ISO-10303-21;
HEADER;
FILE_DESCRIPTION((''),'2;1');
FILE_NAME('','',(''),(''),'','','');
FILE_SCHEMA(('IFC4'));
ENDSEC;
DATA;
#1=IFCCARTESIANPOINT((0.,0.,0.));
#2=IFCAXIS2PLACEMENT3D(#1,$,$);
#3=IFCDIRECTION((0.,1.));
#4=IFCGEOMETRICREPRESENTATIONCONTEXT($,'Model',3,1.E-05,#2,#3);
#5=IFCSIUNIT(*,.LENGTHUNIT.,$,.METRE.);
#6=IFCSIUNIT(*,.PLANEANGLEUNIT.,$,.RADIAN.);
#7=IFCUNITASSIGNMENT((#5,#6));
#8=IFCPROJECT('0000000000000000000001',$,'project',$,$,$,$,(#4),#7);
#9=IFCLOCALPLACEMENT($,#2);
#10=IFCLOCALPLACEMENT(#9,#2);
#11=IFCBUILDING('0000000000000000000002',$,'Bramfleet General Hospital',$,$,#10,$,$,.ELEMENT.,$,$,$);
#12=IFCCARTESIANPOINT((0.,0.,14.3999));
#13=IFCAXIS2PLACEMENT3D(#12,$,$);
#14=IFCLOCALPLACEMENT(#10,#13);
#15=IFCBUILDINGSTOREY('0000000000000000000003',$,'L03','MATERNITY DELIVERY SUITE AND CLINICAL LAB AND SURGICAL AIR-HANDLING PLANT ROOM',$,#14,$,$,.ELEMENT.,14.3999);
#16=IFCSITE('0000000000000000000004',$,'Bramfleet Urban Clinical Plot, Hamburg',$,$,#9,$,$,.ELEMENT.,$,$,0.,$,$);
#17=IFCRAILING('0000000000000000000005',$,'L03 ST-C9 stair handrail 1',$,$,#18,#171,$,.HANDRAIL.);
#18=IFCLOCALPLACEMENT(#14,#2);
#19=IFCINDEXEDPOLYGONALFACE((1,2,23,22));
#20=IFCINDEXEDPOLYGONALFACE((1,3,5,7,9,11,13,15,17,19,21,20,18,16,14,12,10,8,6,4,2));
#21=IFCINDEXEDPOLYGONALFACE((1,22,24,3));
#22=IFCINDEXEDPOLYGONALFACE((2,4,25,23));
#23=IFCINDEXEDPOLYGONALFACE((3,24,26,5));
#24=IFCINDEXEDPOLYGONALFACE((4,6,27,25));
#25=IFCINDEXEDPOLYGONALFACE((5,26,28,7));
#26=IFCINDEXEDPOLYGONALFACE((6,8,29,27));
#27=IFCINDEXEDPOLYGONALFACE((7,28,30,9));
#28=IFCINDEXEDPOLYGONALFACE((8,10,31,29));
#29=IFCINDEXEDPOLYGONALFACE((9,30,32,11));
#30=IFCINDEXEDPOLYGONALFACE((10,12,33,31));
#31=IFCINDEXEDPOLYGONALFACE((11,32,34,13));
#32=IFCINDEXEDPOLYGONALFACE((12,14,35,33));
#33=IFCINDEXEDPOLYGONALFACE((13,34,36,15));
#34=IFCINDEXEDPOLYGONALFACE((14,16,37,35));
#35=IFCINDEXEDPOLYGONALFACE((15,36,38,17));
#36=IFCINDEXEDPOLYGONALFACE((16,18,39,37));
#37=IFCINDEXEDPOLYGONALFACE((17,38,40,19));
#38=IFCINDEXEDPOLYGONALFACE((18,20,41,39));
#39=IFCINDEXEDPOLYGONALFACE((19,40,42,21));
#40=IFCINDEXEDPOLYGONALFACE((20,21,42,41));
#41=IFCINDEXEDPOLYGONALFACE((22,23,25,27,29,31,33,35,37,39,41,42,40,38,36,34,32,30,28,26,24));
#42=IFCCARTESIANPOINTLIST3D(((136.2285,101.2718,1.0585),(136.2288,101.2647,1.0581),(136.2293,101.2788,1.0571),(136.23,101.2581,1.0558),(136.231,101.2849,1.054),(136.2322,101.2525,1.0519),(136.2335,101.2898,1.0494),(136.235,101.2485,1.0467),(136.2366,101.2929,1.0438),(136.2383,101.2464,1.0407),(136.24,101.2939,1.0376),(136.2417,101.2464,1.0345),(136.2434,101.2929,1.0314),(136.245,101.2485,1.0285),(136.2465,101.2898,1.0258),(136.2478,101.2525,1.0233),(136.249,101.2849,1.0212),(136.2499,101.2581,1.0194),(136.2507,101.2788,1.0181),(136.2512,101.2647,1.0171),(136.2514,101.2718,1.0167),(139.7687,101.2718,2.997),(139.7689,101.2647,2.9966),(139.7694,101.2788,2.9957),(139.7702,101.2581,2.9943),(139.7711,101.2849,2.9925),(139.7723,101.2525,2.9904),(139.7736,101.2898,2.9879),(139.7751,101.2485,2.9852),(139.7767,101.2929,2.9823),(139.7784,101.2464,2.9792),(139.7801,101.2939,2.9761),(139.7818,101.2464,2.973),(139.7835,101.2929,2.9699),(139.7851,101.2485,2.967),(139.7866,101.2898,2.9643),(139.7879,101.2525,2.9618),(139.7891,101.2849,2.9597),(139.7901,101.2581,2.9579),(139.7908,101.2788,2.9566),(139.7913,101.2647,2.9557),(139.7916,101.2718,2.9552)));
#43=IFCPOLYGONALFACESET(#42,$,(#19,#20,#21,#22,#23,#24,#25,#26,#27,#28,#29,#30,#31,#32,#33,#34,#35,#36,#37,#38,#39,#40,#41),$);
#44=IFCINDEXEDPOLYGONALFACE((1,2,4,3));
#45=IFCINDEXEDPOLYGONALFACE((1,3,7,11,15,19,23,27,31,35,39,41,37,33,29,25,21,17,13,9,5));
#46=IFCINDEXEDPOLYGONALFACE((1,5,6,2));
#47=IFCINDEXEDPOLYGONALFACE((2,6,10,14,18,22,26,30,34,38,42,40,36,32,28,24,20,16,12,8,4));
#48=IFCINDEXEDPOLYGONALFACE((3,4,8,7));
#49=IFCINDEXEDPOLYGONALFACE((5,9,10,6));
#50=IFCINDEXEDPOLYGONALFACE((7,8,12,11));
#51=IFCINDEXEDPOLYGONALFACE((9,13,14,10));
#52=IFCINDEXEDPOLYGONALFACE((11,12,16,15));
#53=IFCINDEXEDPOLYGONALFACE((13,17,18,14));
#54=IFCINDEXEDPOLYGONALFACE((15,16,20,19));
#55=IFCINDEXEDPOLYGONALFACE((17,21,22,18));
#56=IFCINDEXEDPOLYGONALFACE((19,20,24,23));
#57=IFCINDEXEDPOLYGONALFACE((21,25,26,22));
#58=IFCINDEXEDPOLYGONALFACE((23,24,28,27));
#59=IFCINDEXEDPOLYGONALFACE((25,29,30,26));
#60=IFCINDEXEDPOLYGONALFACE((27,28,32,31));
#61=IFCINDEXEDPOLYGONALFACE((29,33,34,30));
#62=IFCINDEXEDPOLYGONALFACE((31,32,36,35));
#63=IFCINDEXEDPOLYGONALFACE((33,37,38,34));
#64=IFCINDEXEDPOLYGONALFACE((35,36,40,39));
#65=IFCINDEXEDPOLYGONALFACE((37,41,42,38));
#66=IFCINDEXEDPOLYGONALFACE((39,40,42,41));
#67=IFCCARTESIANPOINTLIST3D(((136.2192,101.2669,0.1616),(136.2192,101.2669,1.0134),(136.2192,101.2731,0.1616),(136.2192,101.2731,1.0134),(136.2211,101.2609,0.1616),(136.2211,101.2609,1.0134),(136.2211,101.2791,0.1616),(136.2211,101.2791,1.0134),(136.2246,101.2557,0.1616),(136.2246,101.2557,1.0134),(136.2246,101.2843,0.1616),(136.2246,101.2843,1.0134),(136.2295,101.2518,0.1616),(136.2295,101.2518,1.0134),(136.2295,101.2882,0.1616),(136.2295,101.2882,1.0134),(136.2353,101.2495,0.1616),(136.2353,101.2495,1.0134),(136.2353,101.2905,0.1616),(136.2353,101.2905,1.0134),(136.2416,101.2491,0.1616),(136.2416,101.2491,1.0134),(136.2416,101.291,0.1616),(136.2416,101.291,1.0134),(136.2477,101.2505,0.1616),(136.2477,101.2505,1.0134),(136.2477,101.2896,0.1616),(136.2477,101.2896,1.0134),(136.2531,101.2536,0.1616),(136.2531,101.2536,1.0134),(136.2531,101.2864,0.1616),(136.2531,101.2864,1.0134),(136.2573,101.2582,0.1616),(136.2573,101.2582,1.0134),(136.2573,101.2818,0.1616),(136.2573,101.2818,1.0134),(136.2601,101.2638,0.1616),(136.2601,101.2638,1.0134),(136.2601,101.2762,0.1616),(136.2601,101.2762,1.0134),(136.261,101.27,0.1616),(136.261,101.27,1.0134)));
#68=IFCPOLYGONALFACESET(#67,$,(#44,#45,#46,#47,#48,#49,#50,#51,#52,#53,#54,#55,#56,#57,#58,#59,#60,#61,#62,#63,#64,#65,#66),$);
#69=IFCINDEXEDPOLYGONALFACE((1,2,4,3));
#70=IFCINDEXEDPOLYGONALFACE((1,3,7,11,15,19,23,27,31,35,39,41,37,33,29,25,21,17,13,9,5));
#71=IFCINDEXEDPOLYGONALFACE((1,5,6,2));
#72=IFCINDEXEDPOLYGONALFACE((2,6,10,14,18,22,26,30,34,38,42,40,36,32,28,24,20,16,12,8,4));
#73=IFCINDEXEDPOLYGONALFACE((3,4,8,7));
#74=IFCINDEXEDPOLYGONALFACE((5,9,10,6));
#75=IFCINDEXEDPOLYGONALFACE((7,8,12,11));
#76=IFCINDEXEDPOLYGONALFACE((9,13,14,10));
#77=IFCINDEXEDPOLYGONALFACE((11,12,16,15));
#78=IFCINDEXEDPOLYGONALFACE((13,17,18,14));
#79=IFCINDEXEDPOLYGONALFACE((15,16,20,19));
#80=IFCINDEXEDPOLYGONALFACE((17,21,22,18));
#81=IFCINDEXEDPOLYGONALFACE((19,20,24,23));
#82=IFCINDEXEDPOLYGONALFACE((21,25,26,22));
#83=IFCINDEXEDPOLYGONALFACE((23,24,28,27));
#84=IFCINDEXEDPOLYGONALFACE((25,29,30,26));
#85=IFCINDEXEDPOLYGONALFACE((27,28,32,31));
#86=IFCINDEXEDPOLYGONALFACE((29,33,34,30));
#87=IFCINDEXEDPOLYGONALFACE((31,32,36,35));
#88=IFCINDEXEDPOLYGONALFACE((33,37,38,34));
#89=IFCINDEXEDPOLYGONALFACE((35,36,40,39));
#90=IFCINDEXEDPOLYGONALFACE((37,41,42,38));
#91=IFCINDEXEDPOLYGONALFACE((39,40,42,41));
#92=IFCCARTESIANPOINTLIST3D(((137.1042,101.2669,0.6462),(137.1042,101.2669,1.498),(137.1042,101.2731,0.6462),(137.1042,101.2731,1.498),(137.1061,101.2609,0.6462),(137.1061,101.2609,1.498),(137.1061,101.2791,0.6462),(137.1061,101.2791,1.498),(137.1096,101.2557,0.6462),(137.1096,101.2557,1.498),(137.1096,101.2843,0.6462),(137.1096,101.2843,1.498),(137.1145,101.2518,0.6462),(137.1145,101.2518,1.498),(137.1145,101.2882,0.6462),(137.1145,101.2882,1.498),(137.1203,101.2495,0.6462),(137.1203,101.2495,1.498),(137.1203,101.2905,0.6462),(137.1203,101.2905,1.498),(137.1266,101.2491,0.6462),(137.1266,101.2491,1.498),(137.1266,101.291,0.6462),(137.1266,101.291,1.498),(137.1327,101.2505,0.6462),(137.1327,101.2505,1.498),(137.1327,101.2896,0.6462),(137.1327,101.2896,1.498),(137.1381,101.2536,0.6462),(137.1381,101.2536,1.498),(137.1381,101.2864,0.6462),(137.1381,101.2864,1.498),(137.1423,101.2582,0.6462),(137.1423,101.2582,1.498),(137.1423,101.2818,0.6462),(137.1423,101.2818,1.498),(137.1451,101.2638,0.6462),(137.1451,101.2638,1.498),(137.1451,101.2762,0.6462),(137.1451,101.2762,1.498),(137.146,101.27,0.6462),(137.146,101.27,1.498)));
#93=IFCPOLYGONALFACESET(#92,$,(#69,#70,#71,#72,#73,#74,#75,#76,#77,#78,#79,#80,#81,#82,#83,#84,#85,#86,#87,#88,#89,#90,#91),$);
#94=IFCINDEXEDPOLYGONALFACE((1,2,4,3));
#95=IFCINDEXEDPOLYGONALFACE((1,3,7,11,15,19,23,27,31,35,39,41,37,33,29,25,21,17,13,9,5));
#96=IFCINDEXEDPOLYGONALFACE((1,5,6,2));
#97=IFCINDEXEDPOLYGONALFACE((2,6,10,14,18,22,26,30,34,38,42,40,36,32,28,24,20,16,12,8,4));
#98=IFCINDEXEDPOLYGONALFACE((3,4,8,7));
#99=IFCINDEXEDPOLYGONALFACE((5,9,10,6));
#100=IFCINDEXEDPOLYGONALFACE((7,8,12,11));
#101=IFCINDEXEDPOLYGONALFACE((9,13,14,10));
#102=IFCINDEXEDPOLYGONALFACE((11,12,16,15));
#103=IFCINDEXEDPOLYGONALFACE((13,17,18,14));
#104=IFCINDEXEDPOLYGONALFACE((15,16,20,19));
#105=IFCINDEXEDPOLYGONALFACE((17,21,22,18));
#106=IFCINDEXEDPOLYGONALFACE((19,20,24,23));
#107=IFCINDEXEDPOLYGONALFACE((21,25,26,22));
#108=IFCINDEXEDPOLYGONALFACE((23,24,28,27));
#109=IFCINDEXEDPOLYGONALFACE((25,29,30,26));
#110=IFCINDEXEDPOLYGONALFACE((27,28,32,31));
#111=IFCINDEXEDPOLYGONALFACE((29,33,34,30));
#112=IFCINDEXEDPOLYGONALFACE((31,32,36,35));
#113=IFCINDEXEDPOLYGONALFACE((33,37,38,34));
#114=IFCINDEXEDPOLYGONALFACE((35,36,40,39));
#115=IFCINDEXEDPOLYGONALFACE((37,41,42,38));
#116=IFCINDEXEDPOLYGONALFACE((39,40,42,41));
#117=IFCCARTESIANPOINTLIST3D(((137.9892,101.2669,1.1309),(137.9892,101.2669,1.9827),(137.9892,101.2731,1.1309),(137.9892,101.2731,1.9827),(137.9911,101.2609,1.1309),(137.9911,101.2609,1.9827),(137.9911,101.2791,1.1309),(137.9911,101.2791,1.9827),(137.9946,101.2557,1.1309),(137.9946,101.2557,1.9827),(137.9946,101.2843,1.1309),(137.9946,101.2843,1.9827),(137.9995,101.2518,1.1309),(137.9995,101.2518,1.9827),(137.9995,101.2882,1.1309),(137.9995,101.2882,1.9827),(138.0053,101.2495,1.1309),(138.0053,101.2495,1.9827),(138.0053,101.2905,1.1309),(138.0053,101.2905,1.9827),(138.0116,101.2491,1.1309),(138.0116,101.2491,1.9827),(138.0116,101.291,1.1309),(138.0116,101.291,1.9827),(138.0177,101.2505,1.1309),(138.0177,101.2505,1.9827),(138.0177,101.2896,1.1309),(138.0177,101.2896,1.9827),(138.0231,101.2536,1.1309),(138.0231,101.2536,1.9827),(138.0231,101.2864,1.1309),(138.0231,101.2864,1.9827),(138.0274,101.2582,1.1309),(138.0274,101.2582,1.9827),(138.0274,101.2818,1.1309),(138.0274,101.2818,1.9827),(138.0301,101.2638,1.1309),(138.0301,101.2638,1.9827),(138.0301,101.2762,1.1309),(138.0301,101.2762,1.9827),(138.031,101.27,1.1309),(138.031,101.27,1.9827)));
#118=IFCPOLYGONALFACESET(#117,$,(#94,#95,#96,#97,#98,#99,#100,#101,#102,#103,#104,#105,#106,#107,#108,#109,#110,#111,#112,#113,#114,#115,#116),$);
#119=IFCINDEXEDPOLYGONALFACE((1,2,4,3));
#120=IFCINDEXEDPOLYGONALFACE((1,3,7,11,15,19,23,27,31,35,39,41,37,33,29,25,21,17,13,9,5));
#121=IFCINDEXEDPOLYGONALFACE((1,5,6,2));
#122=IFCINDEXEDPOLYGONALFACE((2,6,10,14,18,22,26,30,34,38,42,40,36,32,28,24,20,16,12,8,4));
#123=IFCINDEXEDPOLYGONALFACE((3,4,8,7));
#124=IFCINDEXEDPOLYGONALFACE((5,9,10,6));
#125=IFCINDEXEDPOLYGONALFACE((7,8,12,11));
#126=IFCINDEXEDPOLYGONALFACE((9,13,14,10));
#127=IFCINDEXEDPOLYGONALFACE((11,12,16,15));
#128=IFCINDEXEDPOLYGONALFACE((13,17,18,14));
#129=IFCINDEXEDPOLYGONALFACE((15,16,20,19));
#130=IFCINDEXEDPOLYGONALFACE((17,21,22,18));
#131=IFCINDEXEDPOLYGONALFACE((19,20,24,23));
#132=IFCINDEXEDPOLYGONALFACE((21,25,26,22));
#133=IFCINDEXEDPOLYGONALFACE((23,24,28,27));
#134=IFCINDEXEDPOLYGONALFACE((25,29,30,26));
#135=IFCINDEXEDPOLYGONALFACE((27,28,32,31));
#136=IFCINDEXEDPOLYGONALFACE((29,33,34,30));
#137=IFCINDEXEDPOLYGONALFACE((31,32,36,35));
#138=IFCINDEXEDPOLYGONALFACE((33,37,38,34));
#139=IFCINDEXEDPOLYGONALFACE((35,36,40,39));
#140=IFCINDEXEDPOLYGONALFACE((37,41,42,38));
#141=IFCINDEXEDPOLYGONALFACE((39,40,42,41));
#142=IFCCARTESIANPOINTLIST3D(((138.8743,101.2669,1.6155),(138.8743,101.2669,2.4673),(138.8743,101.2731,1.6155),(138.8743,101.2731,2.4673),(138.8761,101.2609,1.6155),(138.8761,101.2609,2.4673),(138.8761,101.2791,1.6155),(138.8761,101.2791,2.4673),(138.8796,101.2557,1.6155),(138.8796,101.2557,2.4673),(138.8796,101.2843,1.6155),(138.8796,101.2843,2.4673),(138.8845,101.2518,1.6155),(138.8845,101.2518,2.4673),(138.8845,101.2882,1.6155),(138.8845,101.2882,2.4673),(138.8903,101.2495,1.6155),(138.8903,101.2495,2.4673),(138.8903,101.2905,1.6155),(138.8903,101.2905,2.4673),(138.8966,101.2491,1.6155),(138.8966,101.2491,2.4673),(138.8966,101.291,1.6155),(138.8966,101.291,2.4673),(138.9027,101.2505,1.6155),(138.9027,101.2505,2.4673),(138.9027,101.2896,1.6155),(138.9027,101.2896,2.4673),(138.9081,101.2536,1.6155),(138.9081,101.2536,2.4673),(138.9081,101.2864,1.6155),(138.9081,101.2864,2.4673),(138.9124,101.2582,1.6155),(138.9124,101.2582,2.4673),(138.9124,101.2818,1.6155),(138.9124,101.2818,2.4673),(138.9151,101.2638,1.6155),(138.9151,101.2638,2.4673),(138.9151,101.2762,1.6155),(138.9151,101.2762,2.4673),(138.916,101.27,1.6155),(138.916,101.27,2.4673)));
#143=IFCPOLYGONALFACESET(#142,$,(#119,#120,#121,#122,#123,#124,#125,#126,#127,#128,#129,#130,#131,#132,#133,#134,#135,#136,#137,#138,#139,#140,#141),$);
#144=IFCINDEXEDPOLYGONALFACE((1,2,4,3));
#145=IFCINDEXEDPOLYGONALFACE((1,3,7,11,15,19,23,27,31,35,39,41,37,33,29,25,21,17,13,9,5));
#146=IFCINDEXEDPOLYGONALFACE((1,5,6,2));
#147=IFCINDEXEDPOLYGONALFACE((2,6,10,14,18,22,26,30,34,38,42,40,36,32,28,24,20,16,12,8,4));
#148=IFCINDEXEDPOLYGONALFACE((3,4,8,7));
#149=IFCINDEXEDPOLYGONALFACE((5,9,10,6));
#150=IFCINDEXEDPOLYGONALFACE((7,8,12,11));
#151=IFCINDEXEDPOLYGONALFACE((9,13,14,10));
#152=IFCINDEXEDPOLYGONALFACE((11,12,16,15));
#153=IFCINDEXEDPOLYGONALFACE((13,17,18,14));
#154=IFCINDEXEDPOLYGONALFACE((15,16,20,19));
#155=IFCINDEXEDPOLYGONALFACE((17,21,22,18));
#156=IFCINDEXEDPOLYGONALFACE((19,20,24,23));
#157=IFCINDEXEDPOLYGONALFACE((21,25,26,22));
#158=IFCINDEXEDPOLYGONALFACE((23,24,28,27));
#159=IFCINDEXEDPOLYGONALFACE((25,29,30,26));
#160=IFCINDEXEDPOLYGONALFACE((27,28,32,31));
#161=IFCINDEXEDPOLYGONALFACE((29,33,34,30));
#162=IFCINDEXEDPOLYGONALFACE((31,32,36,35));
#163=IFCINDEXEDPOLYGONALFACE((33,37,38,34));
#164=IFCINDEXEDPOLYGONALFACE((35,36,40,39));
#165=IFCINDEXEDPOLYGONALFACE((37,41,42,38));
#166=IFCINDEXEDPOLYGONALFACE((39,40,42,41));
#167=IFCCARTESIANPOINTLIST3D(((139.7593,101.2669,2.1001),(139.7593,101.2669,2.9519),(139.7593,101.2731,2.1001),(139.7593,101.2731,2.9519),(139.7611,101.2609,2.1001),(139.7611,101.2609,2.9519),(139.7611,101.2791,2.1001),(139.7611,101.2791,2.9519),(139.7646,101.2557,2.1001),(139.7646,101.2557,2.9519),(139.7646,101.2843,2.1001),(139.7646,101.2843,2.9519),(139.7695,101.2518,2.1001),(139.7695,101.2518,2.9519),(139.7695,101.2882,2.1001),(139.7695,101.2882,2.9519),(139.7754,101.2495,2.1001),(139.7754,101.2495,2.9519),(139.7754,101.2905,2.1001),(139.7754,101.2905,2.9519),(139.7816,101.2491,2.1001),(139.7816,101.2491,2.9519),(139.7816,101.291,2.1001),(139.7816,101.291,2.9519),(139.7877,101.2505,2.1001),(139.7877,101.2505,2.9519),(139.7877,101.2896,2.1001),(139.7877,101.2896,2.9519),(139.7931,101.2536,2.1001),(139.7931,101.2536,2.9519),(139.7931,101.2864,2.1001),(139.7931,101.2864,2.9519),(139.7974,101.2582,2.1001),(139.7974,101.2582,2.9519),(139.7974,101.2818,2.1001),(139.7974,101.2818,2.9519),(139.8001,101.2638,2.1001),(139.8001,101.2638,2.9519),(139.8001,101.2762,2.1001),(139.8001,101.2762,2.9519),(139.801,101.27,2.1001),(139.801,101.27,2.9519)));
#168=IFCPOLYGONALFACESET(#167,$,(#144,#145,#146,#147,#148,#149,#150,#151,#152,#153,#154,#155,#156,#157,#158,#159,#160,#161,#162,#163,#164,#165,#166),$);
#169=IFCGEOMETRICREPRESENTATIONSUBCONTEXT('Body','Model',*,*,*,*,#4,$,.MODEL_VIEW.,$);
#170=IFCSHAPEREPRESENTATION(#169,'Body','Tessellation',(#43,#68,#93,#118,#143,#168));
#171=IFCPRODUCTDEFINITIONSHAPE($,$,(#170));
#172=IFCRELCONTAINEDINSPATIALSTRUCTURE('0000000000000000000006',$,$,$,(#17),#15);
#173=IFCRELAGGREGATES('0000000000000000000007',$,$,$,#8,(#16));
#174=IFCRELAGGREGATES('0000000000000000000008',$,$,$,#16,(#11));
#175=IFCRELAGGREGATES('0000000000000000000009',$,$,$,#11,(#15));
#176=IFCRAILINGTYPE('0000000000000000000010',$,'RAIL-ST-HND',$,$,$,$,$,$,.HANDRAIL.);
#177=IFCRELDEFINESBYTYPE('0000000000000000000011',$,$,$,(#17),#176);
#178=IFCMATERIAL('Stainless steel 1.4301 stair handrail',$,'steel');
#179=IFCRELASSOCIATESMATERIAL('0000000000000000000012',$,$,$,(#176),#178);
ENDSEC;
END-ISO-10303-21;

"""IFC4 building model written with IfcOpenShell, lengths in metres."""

from ifc_helpers import new_model, si_unit, direction, frame, origin, origin_2d, place, context, subcontext, project, spatial, circle, extrude, material, type_object, element, save


model = new_model("IFC4")

# Units and contexts
model_context = context("Model", 3, precision=1e-05, world=origin(), true_north=direction((0.0, 1.0)))
body_context = subcontext(model_context, "Body", "Model", "MODEL_VIEW")
ifc_project = project(units=[si_unit("LENGTHUNIT", "METRE"), si_unit("PLANEANGLEUNIT", "RADIAN")], contexts=[model_context])

# Site, building, storey
site_placement = place(None, origin())
site = spatial("IfcSite", under=ifc_project, at=site_placement, Name="Bramfleet Urban Clinical Plot, Hamburg", CompositionType="ELEMENT", RefElevation=0.0)
building_placement = place(site_placement, origin())
building = spatial("IfcBuilding", under=site, at=building_placement, Name="Bramfleet General Hospital", CompositionType="ELEMENT")
storey_placement = place(building_placement, frame((0.0, 0.0, 14.3999)))
storey = spatial("IfcBuildingStorey", under=building, at=storey_placement, Name="L03", Description="MATERNITY DELIVERY SUITE AND CLINICAL LAB AND SURGICAL AIR-HANDLING PLANT ROOM", CompositionType="ELEMENT", Elevation=14.3999)

# Railing
ifc_material_1 = material(Name="Stainless steel 1.4301 stair handrail", Category="steel")
railing_type_1 = type_object("IfcRailingType", Name="RAIL-ST-HND", PredefinedType="HANDRAIL", material=ifc_material_1)
railing_1_placement = place(storey_placement, frame((136.24, 101.27, 0.1616)))
element("IfcRailing", 1, at=railing_1_placement, inside=storey, type_object=railing_type_1, Name="L03 ST-C9 stair handrail 1", PredefinedType="HANDRAIL", context=body_context, shape_type="SweptSolid", body=[
    extrude(circle(Radius=0.0239, at=origin_2d()), frame((0.0, 0.0, 0.876), z_axis=(0.877108, 0.0, 0.480292), x_axis=(0.0, 1.0, 0.0)), (0.0, 0.0, 1.0), 4.0361),
    extrude(circle(Radius=0.021, at=origin_2d()), origin(), (0.0, 0.0, 1.0), 0.8518),
    extrude(circle(Radius=0.021, at=origin_2d()), frame((0.885, 0.0, 0.4846)), (0.0, 0.0, 1.0), 0.8518),
    extrude(circle(Radius=0.021, at=origin_2d()), frame((1.77, 0.0, 0.9692)), (0.0, 0.0, 1.0), 0.8518),
    extrude(circle(Radius=0.021, at=origin_2d()), frame((2.655, 0.0, 1.4539)), (0.0, 0.0, 1.0), 0.8518),
    extrude(circle(Radius=0.021, at=origin_2d()), frame((3.54, 0.0, 1.9385)), (0.0, 0.0, 1.0), 0.8518),
])

save(model, "model.ifc")
